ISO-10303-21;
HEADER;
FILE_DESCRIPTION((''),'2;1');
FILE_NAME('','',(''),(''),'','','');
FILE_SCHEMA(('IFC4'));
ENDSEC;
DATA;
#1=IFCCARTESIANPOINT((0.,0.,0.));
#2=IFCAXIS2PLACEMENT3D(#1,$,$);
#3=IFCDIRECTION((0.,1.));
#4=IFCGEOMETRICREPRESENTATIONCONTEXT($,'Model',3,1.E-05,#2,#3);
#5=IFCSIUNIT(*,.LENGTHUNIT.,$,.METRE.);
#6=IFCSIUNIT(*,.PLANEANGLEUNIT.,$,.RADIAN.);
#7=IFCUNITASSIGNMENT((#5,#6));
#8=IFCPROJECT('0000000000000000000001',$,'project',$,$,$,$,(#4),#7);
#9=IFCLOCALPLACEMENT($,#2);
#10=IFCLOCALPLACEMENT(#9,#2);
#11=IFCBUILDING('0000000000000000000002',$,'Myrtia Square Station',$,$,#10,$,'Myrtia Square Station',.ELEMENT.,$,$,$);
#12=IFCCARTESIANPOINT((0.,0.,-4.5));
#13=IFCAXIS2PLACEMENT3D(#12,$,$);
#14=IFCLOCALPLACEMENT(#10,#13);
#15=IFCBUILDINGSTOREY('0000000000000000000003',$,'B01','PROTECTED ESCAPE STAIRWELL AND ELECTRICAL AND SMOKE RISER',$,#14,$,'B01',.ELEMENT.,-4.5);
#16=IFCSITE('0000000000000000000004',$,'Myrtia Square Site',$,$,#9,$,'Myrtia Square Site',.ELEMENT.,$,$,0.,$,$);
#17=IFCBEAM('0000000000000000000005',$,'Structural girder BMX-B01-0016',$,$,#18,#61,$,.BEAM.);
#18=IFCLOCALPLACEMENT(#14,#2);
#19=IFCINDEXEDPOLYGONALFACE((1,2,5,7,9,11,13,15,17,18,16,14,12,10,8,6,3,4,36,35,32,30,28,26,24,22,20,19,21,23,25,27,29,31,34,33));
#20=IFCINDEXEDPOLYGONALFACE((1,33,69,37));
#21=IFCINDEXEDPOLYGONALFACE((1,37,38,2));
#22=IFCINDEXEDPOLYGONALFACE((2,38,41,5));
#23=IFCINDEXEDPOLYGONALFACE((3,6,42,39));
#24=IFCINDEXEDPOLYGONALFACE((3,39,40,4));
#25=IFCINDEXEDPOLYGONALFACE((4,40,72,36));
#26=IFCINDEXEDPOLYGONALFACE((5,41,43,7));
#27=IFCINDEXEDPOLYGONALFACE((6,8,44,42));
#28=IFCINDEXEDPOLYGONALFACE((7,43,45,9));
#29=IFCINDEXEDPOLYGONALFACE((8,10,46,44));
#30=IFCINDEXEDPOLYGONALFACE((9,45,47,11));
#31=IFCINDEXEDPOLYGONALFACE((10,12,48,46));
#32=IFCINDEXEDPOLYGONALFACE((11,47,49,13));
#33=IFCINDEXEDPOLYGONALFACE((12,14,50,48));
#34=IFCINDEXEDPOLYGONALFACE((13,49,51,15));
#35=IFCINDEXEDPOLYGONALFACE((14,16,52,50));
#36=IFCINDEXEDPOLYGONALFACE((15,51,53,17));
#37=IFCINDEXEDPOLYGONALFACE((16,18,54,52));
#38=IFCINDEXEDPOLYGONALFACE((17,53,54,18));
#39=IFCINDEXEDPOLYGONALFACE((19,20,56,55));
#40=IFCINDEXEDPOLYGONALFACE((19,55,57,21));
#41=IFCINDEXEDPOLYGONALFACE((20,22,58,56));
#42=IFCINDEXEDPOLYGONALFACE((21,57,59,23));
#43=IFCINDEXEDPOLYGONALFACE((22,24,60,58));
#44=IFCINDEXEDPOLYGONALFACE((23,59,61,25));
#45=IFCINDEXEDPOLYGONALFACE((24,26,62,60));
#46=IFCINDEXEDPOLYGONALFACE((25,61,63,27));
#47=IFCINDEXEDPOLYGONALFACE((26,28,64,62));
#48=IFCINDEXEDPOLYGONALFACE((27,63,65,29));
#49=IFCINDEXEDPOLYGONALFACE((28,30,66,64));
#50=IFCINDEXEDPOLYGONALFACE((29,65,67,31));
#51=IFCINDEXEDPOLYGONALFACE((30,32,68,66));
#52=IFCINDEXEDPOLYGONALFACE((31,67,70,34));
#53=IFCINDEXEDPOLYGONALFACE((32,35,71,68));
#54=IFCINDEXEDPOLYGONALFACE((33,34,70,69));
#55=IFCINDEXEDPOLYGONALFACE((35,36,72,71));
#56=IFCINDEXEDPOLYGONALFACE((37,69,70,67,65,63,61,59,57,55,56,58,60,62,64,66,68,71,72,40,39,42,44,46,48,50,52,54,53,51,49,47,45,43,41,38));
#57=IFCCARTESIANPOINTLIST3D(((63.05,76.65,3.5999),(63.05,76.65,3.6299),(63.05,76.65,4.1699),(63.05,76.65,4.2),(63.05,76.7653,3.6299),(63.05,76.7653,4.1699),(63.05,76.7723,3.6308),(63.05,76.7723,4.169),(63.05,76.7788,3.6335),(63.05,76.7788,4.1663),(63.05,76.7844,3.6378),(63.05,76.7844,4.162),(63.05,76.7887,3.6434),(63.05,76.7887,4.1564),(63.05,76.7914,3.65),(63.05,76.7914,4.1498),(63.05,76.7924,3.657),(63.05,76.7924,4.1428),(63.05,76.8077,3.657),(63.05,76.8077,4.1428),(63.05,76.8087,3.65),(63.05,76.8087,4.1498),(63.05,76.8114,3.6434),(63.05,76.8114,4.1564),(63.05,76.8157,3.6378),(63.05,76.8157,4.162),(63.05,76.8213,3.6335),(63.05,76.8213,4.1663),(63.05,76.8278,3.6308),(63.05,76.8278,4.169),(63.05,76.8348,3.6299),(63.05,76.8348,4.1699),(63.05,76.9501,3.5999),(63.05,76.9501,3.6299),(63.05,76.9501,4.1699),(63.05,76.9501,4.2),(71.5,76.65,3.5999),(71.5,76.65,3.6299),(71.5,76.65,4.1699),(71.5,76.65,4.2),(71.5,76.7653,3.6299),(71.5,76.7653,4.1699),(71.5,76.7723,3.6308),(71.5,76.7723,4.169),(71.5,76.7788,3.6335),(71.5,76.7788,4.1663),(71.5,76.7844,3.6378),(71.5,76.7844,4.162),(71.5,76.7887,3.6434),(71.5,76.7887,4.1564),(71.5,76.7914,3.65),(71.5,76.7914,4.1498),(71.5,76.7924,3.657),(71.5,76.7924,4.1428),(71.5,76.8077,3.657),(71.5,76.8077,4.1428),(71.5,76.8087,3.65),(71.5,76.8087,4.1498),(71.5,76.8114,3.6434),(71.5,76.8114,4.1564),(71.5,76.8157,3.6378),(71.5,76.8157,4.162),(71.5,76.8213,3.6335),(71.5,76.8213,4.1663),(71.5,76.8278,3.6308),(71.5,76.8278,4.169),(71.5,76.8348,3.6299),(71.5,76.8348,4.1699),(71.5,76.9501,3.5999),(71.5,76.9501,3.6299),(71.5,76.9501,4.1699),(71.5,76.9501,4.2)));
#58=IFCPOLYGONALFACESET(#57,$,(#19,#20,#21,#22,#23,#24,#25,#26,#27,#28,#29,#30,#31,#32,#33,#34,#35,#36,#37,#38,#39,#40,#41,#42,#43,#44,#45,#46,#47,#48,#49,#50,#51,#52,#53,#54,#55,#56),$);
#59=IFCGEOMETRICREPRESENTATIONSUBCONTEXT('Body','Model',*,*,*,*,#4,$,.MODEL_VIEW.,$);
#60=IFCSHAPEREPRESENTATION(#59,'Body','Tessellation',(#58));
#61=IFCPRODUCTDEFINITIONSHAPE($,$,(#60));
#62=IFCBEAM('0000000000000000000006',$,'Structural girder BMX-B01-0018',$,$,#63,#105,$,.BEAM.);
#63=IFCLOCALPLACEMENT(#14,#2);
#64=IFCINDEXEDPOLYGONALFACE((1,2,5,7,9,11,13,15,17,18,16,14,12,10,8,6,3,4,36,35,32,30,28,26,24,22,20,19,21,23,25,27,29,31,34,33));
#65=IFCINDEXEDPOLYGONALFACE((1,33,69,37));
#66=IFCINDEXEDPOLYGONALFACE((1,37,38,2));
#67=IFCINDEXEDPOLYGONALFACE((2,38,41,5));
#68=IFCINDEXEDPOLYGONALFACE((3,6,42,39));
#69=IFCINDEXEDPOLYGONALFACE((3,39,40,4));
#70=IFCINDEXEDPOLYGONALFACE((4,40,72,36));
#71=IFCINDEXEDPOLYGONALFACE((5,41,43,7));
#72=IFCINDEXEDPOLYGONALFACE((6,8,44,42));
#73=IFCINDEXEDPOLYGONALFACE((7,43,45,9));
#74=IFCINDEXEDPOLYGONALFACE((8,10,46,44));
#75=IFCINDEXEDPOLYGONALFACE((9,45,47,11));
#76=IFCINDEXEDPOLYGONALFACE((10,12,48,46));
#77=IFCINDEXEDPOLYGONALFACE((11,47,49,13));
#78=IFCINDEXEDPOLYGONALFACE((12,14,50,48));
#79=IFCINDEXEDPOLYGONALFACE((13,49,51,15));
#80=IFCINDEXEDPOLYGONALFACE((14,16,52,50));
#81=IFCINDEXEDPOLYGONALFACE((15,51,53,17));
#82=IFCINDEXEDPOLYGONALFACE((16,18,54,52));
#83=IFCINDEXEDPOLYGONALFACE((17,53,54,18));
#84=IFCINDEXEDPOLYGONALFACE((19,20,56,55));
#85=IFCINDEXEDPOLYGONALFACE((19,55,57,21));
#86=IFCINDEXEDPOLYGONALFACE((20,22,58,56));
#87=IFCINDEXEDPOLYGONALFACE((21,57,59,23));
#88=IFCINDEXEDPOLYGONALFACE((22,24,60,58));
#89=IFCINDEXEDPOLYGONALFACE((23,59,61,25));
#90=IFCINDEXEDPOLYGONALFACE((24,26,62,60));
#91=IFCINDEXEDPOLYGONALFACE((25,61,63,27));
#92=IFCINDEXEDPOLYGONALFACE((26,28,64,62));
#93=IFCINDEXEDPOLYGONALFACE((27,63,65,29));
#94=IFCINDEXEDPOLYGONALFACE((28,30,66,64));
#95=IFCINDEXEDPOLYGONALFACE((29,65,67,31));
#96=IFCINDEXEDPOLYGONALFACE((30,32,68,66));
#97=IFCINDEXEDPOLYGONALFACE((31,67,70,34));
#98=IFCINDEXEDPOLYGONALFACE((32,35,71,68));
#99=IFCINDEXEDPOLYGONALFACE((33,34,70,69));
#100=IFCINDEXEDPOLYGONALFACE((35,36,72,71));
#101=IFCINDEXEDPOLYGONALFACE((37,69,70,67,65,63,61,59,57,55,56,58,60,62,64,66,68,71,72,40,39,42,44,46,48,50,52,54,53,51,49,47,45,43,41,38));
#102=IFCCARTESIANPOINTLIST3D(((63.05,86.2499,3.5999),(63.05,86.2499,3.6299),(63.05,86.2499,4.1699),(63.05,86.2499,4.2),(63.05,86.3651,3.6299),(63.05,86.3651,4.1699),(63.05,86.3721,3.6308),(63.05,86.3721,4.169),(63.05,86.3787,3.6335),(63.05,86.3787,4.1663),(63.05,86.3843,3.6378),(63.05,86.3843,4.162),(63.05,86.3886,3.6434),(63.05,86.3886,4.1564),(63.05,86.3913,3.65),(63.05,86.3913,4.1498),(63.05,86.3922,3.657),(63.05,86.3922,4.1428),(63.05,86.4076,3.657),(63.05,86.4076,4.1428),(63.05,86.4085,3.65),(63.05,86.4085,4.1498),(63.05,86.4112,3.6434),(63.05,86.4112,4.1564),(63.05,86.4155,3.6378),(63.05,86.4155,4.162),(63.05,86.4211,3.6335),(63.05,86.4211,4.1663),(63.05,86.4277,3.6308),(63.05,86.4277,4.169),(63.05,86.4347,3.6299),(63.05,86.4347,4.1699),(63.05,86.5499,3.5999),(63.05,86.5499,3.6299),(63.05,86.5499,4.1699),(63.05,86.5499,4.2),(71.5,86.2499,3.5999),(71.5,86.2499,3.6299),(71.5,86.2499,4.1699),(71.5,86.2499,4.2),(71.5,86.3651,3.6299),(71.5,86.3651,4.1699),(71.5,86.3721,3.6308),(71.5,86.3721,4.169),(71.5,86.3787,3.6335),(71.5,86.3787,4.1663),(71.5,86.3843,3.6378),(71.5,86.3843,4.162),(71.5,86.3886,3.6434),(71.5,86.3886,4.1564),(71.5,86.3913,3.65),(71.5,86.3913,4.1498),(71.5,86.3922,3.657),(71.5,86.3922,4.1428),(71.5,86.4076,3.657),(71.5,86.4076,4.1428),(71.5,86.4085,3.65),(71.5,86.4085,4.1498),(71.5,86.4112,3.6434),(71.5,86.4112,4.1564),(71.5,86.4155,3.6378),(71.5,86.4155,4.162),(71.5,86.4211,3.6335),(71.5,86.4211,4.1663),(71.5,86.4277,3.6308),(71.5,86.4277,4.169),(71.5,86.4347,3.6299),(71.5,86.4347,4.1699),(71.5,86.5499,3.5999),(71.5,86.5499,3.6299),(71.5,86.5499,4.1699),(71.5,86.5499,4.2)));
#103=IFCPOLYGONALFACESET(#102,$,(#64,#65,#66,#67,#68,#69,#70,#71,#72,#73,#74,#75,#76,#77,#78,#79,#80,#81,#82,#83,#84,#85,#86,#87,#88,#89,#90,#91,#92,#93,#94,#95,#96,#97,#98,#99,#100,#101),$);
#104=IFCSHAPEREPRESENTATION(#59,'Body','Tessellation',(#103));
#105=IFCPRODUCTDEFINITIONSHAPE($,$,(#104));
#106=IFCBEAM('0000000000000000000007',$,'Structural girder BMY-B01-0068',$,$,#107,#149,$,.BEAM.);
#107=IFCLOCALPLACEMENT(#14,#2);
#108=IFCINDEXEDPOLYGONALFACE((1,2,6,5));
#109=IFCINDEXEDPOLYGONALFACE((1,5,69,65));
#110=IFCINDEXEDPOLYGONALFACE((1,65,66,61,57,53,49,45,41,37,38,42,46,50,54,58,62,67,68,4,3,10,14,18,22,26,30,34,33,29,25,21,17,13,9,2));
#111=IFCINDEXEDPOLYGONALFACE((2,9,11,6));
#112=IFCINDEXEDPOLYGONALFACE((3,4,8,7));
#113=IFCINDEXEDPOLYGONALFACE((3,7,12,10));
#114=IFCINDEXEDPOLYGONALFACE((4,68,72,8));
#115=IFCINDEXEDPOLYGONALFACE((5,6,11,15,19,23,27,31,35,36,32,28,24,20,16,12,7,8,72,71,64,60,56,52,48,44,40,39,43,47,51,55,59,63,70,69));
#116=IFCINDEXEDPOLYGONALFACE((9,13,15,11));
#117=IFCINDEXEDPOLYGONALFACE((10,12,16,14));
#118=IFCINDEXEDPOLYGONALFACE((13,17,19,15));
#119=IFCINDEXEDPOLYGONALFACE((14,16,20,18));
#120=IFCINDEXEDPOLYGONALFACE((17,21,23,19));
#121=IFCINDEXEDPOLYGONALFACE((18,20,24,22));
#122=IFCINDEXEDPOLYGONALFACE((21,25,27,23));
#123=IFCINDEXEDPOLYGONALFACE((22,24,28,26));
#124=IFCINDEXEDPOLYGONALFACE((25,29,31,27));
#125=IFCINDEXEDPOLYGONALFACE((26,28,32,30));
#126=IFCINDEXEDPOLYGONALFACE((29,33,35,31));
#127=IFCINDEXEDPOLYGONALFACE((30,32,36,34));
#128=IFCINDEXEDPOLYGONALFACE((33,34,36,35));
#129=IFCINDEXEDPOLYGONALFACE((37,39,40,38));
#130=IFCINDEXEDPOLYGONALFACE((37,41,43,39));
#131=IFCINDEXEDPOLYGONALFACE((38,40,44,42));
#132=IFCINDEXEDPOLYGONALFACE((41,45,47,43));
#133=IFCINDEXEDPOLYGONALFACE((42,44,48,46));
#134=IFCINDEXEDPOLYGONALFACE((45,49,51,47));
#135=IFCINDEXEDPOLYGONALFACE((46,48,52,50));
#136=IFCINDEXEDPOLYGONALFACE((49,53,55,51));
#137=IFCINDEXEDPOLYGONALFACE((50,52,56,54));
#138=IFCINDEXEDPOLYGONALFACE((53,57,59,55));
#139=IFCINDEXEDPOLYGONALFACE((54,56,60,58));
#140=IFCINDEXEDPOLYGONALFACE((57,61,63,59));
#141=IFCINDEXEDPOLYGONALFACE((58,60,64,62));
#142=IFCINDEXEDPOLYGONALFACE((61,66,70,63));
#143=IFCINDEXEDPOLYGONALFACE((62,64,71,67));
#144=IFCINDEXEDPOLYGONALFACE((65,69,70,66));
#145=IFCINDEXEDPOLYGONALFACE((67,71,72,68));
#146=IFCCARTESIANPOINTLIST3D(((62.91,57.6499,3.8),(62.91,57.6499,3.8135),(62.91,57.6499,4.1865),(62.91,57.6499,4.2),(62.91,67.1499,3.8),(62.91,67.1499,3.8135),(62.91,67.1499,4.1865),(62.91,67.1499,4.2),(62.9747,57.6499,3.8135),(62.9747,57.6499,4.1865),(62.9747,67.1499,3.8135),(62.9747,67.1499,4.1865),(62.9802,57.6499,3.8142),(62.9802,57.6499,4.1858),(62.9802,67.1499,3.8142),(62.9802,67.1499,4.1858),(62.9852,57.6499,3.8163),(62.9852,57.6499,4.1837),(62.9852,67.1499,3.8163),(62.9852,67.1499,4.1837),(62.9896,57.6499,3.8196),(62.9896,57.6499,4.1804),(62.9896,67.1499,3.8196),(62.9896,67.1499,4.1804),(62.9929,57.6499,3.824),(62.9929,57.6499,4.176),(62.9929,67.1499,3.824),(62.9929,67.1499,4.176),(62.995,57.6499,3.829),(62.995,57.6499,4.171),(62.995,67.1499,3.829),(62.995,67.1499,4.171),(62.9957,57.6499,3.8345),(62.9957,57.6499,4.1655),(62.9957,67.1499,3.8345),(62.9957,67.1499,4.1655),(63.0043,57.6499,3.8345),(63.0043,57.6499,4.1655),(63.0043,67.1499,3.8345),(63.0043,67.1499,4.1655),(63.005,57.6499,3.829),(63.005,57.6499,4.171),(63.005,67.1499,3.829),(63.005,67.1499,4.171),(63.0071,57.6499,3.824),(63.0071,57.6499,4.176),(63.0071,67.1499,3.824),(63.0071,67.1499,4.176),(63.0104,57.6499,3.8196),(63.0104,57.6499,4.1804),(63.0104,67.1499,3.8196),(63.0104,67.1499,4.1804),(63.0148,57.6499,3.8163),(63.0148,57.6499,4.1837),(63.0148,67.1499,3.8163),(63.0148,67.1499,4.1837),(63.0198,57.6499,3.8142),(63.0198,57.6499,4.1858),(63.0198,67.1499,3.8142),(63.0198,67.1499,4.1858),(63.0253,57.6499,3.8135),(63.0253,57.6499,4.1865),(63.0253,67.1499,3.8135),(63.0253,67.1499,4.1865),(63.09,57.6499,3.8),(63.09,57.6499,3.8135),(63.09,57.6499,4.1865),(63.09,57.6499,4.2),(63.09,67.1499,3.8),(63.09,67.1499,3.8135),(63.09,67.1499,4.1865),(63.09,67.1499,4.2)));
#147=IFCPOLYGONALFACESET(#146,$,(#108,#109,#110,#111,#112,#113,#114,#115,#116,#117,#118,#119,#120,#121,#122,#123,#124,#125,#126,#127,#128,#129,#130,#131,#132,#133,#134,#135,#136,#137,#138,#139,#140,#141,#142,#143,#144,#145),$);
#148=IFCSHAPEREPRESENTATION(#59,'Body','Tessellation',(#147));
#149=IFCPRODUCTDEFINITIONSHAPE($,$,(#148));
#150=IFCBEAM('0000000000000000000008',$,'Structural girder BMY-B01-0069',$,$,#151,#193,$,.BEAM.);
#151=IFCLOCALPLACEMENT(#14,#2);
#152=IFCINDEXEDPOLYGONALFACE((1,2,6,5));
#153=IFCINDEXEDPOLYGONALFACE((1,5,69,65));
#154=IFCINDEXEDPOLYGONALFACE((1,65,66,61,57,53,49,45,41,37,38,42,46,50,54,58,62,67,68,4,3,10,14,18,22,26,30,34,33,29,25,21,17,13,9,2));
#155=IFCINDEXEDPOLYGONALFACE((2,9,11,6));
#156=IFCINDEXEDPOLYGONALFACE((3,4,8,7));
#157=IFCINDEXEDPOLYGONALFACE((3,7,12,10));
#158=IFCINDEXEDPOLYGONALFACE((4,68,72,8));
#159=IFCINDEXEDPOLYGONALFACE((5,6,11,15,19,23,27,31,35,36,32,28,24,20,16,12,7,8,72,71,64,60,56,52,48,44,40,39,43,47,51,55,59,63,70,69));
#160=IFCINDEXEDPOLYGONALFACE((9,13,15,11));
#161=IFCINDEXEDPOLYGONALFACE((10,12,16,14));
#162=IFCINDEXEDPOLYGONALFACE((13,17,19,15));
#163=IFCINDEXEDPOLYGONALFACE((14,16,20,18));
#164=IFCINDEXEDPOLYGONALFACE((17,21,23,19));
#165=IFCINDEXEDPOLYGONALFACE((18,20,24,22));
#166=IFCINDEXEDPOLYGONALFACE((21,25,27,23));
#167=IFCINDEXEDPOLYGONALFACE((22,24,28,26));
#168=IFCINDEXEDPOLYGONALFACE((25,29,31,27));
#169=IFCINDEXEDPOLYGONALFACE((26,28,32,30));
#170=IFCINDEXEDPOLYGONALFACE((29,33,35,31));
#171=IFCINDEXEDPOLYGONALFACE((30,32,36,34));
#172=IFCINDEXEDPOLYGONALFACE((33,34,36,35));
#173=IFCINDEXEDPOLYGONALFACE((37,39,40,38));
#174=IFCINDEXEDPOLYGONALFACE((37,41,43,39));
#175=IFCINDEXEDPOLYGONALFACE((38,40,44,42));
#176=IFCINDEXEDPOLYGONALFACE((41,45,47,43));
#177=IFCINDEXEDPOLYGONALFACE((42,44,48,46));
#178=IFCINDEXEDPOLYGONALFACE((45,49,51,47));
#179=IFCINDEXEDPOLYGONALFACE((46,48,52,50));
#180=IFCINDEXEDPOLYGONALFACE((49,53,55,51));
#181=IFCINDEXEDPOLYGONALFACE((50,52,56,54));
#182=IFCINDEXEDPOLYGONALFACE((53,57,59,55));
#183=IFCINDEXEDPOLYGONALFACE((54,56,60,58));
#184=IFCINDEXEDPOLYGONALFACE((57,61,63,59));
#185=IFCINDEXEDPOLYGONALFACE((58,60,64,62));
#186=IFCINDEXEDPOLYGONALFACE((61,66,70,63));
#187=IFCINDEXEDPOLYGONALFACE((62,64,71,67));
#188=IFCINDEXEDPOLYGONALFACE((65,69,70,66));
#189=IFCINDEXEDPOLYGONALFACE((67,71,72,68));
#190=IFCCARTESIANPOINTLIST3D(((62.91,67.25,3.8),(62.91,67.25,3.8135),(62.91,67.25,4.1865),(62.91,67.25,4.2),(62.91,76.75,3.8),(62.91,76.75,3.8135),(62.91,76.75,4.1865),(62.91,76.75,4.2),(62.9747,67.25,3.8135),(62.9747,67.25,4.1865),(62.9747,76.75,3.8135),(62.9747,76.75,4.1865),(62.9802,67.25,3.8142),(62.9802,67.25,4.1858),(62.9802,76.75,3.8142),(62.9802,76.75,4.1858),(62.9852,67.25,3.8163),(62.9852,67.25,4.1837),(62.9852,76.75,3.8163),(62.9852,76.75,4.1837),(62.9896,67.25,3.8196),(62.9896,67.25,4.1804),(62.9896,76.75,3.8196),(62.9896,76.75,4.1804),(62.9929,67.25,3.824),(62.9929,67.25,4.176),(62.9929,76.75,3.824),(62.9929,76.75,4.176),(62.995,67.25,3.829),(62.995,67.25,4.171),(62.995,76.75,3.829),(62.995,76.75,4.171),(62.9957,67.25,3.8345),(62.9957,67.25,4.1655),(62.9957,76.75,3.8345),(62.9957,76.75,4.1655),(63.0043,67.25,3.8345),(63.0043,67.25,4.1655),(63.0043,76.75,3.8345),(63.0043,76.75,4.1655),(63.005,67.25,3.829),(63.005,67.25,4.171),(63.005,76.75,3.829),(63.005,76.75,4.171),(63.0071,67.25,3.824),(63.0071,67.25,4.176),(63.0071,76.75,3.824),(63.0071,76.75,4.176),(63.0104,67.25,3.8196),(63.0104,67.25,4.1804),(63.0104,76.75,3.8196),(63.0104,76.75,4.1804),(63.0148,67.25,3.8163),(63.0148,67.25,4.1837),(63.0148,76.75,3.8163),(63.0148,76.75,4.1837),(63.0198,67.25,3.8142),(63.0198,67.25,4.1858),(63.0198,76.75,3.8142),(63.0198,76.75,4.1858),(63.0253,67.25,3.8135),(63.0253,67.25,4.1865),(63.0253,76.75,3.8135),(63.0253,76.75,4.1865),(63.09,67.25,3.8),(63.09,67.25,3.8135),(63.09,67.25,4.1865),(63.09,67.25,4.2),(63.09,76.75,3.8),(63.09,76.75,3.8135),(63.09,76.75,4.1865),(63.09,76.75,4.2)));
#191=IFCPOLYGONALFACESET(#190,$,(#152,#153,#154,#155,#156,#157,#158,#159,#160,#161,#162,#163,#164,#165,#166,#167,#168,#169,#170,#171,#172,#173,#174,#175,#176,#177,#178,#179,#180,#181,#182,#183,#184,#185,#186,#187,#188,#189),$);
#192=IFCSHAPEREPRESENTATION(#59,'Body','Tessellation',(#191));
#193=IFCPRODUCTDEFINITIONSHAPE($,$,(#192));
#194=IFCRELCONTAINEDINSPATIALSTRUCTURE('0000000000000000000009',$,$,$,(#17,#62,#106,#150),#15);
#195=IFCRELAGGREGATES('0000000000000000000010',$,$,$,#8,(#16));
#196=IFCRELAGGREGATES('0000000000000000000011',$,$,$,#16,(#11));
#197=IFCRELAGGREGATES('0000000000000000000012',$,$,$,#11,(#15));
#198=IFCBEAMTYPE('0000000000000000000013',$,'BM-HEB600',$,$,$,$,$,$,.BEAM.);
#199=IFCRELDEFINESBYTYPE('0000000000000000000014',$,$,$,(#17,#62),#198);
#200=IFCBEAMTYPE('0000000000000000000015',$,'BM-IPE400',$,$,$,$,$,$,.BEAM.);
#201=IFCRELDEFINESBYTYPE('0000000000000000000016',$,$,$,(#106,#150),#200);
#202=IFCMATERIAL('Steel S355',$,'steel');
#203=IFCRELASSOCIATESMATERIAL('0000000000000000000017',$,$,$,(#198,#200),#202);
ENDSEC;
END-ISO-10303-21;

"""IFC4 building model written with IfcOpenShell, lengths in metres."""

from ifc_helpers import new_model, si_unit, direction, frame, origin, origin_2d, place, context, subcontext, project, spatial, i_section, extrude, material, material_profile, profile_set, type_object, element, save


model = new_model("IFC4")

# Units and contexts
model_context = context("Model", 3, precision=1e-05, world=origin(), true_north=direction((0.0, 1.0)))
body_context = subcontext(model_context, "Body", "Model", "MODEL_VIEW")
ifc_project = project(units=[si_unit("LENGTHUNIT", "METRE"), si_unit("PLANEANGLEUNIT", "RADIAN")], contexts=[model_context])

# Site, building, storey
site_placement = place(None, origin())
site = spatial("IfcSite", under=ifc_project, at=site_placement, Name="Myrtia Square Site", LongName="Myrtia Square Site", CompositionType="ELEMENT", RefElevation=0.0)
building_placement = place(site_placement, origin())
building = spatial("IfcBuilding", under=site, at=building_placement, Name="Myrtia Square Station", LongName="Myrtia Square Station", CompositionType="ELEMENT")
storey_placement = place(building_placement, frame((0.0, 0.0, -4.5)))
storey = spatial("IfcBuildingStorey", under=building, at=storey_placement, Name="B01", Description="PROTECTED ESCAPE STAIRWELL AND ELECTRICAL AND SMOKE RISER", LongName="B01", CompositionType="ELEMENT", Elevation=-4.5)

# Shared definitions
ifc_material_1 = material(Name="Steel S355", Category="steel")

# Beams
ifc_material_profile_1 = material_profile(ifc_material_1, i_section(OverallWidth=0.3, OverallDepth=0.6001, WebThickness=0.0154, FlangeThickness=0.03, FilletRadius=0.0271, at=origin_2d()), Name="HEB 600")
ifc_profile_set_1 = profile_set([ifc_material_profile_1], Name="Steel S355")
beam_type_1 = type_object("IfcBeamType", Name="BM-HEB600", PredefinedType="BEAM", material=ifc_profile_set_1)
for number, where, z_axis, x_axis, name in (
    (1, (63.05, 76.8, 3.8999), (1.0, 0.0, 0.0), (0.0, 1.0, 0.0), "Structural girder BMX-B01-0016"),
    (2, (63.05, 86.3999, 3.8999), (1.0, 0.0, 0.0), (0.0, 1.0, 0.0), "Structural girder BMX-B01-0018"),
):
    element("IfcBeam", number, at=place(storey_placement, frame(where, z_axis=z_axis, x_axis=x_axis)), inside=storey, type_object=beam_type_1, Name=name, PredefinedType="BEAM", context=body_context, shape_type="SweptSolid", body=[
        extrude(i_section(OverallWidth=0.3, OverallDepth=0.6001, WebThickness=0.0154, FlangeThickness=0.03, FilletRadius=0.0271, at=origin_2d()), origin(), (0.0, 0.0, 1.0), 8.45),
    ])
ifc_material_profile_2 = material_profile(ifc_material_1, i_section(OverallWidth=0.1799, OverallDepth=0.3999, WebThickness=0.0085, FlangeThickness=0.0134, FilletRadius=0.021, at=origin_2d()), Name="IPE 400")
ifc_profile_set_2 = profile_set([ifc_material_profile_2], Name="Steel S355")
beam_type_2 = type_object("IfcBeamType", Name="BM-IPE400", PredefinedType="BEAM", material=ifc_profile_set_2)
for number, where, z_axis, x_axis, name in (
    (3, (63.0, 57.6499, 4.0), (0.0, 1.0, 0.0), (-1.0, 0.0, 0.0), "Structural girder BMY-B01-0068"),
    (4, (63.0, 67.25, 4.0), (0.0, 1.0, 0.0), (-1.0, 0.0, 0.0), "Structural girder BMY-B01-0069"),
):
    element("IfcBeam", number, at=place(storey_placement, frame(where, z_axis=z_axis, x_axis=x_axis)), inside=storey, type_object=beam_type_2, Name=name, PredefinedType="BEAM", context=body_context, shape_type="SweptSolid", body=[
        extrude(i_section(OverallWidth=0.1799, OverallDepth=0.3999, WebThickness=0.0085, FlangeThickness=0.0134, FilletRadius=0.021, at=origin_2d()), origin(), (0.0, 0.0, 1.0), 9.5),
    ])

save(model, "model.ifc")
